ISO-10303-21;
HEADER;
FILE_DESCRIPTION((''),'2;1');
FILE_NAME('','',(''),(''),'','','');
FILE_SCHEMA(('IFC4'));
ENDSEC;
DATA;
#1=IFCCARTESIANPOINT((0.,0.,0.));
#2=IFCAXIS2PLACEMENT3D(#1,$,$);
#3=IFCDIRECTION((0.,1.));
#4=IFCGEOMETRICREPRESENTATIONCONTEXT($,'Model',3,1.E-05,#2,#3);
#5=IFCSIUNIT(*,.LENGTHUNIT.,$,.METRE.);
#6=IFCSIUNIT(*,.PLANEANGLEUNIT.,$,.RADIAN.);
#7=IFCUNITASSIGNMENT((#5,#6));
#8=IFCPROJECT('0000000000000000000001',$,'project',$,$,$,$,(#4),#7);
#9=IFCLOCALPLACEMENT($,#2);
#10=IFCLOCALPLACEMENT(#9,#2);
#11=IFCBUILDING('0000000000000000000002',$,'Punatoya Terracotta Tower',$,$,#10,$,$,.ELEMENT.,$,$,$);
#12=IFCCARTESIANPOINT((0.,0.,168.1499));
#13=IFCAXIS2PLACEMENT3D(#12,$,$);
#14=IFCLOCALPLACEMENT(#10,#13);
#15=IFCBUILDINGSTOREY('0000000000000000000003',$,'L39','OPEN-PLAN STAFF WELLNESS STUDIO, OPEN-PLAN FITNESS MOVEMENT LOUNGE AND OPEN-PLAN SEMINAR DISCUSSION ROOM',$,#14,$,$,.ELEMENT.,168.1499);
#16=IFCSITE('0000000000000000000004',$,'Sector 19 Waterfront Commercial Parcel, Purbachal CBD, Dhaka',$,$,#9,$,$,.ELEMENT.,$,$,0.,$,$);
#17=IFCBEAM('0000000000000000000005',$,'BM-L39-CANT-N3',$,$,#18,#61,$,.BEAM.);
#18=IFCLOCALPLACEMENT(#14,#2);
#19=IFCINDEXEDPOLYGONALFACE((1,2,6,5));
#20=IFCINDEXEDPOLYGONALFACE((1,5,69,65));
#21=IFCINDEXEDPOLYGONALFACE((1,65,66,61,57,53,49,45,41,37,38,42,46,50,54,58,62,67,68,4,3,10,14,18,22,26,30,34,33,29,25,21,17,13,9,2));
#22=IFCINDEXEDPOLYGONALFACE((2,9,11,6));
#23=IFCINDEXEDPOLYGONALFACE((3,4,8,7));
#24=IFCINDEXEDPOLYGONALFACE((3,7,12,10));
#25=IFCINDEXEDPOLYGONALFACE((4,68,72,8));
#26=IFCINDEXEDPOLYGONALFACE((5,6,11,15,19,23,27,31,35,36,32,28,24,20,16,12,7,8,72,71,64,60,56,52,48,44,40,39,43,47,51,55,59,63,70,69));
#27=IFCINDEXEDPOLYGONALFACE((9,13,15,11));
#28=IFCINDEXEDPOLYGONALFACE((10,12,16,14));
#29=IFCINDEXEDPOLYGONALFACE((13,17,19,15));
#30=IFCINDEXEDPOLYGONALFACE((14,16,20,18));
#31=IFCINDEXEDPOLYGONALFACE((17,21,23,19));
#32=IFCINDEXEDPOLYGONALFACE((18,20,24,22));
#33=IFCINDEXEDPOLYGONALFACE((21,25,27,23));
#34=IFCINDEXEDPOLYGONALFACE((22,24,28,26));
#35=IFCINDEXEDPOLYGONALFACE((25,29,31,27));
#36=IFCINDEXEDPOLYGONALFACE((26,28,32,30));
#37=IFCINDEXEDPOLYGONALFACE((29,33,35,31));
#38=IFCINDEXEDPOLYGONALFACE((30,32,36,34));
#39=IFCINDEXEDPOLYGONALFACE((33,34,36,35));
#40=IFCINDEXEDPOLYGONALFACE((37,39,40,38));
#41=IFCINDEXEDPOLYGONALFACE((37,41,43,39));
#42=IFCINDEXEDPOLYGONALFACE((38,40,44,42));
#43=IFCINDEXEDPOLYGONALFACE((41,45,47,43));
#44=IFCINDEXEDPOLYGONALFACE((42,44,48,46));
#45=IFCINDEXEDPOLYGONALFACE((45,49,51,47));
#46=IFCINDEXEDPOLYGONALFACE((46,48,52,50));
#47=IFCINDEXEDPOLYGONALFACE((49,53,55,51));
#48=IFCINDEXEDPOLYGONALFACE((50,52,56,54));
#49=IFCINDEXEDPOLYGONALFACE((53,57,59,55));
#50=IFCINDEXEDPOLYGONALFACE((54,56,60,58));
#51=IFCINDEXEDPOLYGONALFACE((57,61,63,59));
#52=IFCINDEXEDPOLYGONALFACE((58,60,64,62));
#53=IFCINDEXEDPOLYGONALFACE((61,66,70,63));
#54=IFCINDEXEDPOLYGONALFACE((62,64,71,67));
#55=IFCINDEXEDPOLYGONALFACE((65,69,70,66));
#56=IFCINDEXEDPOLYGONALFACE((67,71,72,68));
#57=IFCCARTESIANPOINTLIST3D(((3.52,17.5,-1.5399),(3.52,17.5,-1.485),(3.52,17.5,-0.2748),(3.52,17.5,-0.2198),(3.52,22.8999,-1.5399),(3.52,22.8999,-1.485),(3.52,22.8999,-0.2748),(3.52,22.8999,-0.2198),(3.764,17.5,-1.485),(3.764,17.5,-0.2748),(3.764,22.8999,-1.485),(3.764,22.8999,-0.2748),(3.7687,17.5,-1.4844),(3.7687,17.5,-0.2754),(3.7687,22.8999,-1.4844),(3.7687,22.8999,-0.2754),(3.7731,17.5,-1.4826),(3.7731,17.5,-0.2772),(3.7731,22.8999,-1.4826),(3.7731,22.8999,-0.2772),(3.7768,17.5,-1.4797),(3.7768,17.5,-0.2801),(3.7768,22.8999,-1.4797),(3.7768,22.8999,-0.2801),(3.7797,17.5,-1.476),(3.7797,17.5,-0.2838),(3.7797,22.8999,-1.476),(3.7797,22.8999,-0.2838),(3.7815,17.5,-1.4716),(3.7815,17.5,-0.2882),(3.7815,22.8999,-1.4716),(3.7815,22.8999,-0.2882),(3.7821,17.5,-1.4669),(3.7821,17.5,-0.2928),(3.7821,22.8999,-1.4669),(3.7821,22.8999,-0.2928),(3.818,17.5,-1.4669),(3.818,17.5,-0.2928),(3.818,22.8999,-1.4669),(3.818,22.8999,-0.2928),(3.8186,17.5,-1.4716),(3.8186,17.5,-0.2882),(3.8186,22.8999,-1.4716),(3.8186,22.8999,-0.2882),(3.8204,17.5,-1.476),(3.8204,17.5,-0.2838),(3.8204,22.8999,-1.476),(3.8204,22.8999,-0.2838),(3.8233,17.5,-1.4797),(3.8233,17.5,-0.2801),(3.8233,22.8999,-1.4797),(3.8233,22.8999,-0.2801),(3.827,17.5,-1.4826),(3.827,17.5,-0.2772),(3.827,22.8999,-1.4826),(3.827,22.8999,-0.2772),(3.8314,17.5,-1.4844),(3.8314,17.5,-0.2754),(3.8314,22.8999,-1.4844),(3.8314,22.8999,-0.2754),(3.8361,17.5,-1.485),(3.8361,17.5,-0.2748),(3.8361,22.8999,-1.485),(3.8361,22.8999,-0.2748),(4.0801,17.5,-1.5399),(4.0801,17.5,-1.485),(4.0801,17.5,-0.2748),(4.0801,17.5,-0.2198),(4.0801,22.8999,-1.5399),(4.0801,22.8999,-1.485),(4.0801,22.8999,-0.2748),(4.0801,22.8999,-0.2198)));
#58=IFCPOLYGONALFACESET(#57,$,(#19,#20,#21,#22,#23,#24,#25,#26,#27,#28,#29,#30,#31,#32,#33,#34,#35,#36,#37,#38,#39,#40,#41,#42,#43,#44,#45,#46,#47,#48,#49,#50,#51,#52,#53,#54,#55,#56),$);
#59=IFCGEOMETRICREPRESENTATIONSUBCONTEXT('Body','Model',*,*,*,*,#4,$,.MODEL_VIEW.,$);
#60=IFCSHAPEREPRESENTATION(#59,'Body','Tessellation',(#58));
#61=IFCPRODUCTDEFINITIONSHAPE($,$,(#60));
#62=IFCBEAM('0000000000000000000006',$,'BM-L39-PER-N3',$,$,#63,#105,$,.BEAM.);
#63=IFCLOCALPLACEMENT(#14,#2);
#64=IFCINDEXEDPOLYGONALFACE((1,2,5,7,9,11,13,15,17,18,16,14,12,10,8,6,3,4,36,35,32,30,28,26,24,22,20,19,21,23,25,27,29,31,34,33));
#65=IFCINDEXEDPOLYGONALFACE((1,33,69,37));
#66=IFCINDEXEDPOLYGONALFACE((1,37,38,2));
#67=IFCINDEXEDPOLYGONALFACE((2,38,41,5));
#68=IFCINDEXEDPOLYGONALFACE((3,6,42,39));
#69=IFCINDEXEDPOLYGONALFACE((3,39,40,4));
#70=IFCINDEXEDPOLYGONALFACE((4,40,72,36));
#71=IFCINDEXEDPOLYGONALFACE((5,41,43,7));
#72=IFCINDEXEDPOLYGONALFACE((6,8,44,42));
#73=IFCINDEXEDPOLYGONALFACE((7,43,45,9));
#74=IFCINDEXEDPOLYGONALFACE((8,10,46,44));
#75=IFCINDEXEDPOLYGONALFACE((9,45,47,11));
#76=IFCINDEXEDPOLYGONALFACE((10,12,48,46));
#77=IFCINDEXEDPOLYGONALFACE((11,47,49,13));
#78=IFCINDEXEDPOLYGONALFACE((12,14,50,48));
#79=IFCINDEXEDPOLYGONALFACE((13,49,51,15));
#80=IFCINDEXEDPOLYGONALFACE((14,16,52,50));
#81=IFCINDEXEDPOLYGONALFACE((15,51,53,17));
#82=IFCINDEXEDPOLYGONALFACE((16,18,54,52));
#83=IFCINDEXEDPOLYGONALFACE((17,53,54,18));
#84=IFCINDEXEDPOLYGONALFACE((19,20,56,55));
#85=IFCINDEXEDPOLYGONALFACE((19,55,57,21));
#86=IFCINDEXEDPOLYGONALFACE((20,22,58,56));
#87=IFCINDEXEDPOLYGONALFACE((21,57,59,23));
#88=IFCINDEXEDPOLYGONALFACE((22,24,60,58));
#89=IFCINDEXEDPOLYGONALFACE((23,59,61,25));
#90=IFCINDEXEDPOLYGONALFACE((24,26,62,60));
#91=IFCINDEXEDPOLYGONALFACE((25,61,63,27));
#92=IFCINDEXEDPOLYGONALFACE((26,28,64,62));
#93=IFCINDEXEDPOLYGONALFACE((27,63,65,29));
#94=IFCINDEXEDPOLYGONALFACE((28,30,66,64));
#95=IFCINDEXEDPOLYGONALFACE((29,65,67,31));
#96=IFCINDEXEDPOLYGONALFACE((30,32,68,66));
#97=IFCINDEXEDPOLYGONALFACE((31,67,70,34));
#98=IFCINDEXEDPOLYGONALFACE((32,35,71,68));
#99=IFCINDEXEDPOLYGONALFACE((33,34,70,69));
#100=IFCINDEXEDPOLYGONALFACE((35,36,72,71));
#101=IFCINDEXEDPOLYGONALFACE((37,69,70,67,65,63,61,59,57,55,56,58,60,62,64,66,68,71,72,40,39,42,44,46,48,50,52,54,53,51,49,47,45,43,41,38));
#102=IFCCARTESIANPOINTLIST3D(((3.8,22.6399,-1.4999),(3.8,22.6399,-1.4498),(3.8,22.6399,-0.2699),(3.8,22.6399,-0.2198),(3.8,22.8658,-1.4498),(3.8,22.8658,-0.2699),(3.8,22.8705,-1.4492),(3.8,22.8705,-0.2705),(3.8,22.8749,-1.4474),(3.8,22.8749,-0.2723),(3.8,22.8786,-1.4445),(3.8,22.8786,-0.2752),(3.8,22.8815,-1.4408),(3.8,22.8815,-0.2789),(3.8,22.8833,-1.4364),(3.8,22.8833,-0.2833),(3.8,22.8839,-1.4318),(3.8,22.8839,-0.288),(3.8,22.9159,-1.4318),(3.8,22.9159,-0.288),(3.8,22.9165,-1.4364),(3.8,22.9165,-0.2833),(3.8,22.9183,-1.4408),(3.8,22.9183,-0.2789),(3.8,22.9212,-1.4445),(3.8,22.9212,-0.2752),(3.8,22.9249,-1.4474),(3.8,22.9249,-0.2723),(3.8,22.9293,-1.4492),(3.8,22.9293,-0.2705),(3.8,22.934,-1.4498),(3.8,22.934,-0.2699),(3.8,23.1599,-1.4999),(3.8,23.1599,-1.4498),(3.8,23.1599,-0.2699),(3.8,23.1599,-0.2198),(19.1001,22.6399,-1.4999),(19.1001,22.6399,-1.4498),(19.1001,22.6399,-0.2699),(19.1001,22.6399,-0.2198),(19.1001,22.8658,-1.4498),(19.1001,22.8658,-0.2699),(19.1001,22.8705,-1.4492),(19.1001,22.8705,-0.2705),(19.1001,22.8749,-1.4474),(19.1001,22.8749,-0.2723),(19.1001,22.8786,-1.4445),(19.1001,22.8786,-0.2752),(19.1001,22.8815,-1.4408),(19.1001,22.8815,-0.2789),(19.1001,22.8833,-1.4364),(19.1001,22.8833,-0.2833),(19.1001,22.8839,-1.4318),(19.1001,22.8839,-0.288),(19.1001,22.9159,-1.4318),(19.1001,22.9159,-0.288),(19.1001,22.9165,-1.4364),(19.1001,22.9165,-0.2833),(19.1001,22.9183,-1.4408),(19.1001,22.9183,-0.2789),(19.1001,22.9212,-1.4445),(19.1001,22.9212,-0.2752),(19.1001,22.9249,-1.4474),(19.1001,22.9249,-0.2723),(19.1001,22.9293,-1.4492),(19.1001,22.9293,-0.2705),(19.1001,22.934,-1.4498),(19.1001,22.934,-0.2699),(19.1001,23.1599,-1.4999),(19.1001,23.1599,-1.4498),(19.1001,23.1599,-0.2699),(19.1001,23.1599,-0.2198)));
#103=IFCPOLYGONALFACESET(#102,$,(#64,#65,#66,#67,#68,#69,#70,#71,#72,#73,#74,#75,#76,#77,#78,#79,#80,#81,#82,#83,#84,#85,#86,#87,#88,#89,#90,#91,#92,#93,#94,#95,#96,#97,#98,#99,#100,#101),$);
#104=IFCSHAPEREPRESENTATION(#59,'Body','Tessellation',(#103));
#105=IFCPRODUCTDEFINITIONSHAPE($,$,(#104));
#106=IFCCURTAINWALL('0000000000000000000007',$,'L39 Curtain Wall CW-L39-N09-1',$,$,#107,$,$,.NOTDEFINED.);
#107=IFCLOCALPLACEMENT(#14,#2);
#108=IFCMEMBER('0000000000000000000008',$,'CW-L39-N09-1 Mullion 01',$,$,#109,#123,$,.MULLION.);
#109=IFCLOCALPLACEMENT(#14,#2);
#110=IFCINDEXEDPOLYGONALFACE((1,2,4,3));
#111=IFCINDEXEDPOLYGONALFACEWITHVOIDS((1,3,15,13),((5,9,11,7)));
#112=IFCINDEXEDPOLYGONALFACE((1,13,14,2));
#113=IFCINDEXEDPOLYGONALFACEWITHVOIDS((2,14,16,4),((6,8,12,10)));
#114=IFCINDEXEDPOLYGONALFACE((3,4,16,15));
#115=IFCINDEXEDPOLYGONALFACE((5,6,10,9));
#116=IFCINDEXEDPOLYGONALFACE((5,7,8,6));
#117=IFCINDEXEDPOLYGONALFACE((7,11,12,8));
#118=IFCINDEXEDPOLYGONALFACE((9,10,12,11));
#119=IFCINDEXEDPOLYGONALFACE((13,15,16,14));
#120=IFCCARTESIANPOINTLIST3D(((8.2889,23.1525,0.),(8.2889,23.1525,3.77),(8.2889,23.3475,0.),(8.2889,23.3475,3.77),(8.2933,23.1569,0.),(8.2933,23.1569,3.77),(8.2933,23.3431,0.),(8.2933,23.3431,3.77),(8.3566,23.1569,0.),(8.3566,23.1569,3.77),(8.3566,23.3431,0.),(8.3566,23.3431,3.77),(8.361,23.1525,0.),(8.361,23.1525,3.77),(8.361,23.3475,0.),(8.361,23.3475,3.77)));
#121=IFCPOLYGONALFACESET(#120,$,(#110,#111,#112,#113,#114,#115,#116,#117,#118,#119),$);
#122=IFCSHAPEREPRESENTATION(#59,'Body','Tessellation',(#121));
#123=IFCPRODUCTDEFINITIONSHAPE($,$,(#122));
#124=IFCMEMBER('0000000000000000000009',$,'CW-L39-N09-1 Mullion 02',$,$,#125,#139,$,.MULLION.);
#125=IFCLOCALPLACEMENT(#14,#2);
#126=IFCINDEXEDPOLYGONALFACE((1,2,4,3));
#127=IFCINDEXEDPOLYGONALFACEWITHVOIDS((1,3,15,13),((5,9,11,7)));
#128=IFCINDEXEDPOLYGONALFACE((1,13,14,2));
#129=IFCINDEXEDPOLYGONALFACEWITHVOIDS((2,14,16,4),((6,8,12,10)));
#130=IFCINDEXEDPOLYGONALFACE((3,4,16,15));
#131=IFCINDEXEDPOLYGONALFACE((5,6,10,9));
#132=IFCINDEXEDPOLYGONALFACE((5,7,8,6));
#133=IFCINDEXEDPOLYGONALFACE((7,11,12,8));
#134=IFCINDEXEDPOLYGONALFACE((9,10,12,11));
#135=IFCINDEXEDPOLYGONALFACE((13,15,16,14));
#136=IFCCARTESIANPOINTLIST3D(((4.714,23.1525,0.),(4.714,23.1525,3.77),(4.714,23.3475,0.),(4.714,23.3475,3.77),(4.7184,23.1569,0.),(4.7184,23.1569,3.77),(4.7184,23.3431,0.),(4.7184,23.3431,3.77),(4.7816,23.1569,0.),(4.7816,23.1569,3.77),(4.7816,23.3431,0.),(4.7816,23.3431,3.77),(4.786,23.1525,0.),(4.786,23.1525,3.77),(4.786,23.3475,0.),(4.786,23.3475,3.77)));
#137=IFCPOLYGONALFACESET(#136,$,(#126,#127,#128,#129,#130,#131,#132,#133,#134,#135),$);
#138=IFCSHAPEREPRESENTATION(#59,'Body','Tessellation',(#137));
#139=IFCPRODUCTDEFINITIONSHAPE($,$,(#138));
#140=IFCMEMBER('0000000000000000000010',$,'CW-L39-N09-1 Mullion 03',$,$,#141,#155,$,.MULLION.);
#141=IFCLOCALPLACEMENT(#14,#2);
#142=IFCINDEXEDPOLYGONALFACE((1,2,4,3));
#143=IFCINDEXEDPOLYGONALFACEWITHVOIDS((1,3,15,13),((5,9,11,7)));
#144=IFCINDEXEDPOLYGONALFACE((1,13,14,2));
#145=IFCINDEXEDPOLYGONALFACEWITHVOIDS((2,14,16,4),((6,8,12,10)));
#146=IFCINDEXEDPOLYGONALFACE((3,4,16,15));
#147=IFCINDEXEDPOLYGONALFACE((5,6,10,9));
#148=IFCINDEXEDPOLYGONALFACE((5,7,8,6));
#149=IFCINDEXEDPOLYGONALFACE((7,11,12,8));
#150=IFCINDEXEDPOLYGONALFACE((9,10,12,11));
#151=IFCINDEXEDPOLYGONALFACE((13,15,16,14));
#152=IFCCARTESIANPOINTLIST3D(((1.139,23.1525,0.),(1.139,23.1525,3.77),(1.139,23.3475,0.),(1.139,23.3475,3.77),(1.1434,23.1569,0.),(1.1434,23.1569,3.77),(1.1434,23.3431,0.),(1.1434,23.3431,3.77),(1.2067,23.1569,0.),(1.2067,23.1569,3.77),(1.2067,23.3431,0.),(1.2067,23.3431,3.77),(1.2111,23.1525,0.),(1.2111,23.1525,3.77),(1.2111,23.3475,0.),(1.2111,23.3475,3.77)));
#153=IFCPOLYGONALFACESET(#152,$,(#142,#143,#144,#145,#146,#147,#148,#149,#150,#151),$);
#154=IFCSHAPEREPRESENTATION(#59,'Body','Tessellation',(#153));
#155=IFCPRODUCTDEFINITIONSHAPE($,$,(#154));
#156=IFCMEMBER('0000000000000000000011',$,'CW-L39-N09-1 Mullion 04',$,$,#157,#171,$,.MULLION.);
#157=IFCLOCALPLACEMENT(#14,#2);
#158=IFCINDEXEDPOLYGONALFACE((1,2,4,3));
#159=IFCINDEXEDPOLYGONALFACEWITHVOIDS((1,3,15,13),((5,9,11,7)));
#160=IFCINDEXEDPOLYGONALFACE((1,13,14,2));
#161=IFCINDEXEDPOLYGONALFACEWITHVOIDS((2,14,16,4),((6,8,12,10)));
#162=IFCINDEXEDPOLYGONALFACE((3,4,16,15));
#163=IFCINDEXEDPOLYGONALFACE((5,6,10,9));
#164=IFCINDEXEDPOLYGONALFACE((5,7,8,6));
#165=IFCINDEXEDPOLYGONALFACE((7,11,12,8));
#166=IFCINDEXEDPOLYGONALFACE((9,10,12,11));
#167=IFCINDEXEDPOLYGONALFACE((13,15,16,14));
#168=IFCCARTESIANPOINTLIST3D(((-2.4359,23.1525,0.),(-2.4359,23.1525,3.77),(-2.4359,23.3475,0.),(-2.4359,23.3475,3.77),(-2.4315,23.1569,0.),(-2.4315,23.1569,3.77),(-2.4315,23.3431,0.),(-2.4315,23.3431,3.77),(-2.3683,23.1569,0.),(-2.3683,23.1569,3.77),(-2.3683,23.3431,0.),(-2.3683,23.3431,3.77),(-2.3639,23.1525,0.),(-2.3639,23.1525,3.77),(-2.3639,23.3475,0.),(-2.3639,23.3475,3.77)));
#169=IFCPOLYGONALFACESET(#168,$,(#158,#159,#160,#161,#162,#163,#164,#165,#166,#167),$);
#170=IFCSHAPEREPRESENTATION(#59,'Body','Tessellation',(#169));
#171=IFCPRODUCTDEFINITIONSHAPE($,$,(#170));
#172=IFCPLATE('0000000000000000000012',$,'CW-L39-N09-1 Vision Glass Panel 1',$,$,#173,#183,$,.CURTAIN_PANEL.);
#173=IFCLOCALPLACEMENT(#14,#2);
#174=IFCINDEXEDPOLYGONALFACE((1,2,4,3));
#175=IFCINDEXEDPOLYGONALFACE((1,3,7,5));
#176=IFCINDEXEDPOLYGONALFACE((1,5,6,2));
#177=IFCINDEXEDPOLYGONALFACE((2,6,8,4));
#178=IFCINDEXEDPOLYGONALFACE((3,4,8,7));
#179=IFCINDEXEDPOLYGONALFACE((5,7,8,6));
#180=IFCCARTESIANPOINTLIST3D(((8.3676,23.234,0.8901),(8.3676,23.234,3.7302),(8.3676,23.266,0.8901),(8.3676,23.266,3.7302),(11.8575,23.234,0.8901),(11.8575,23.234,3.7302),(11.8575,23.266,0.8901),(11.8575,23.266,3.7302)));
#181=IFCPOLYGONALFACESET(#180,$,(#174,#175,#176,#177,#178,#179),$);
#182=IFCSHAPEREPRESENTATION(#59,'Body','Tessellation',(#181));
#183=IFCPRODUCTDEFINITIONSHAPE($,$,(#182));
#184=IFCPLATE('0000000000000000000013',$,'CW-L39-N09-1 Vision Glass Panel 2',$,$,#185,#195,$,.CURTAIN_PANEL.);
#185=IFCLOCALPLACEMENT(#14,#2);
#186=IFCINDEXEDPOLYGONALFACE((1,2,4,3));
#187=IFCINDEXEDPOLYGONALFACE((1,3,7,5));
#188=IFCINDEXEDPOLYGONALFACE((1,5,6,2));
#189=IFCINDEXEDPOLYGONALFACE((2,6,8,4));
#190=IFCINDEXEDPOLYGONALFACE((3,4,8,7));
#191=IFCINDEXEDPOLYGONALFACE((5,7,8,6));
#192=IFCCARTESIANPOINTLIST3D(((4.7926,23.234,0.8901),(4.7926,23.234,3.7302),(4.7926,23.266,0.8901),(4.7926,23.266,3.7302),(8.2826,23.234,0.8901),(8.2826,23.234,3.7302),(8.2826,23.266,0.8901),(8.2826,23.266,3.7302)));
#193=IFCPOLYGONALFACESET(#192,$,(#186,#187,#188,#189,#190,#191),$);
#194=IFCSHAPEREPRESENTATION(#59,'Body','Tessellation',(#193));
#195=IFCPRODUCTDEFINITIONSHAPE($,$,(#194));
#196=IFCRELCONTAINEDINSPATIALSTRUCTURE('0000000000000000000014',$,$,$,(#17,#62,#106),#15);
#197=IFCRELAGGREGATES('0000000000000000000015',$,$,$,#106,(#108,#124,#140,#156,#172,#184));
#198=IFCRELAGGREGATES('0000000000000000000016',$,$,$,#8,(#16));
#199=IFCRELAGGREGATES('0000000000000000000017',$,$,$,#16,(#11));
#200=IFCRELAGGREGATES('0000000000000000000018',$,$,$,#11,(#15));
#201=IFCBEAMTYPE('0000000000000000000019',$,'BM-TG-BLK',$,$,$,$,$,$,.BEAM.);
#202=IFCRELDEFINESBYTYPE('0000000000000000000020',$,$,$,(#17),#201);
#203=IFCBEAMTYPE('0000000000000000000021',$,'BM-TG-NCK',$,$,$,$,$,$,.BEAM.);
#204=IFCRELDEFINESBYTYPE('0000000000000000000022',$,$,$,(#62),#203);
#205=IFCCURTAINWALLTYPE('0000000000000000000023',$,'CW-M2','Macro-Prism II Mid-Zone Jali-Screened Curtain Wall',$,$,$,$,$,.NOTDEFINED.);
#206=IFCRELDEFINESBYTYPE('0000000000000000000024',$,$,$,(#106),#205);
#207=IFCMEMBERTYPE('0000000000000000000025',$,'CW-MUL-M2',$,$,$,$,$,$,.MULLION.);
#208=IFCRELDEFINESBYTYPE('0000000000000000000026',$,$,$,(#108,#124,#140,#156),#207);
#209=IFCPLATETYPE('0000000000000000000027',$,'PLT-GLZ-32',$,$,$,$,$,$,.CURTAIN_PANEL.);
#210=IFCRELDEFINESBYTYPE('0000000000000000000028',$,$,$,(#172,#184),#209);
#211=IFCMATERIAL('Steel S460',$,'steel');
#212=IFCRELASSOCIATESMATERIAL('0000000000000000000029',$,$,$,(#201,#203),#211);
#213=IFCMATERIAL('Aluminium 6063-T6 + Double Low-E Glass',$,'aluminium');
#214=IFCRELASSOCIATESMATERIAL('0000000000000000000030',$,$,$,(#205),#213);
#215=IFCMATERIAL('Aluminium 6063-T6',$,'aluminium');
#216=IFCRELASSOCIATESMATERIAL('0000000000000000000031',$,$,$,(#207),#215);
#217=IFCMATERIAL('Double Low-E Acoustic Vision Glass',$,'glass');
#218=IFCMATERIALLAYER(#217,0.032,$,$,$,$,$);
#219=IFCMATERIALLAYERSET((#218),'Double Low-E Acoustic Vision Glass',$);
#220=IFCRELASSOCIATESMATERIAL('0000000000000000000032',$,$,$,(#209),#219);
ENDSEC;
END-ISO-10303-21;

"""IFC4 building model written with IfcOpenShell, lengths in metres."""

from ifc_helpers import new_model, si_unit, direction, frame, origin, origin_2d, place, context, subcontext, project, spatial, rectangle, hollow_rectangle, i_section, extrude, material, layer, layer_set, material_profile, profile_set, type_object, element, aggregate, save


model = new_model("IFC4")

# Units and contexts
model_context = context("Model", 3, precision=1e-05, world=origin(), true_north=direction((0.0, 1.0)))
body_context = subcontext(model_context, "Body", "Model", "MODEL_VIEW")
ifc_project = project(units=[si_unit("LENGTHUNIT", "METRE"), si_unit("PLANEANGLEUNIT", "RADIAN")], contexts=[model_context])

# Site, building, storey
site_placement = place(None, origin())
site = spatial("IfcSite", under=ifc_project, at=site_placement, Name="Sector 19 Waterfront Commercial Parcel, Purbachal CBD, Dhaka", CompositionType="ELEMENT", RefElevation=0.0)
building_placement = place(site_placement, origin())
building = spatial("IfcBuilding", under=site, at=building_placement, Name="Punatoya Terracotta Tower", CompositionType="ELEMENT")
storey_placement = place(building_placement, frame((0.0, 0.0, 168.1499)))
storey = spatial("IfcBuildingStorey", under=building, at=storey_placement, Name="L39", Description="OPEN-PLAN STAFF WELLNESS STUDIO, OPEN-PLAN FITNESS MOVEMENT LOUNGE AND OPEN-PLAN SEMINAR DISCUSSION ROOM", CompositionType="ELEMENT", Elevation=168.1499)

# Shared definitions
ifc_material_1 = material(Name="Steel S460", Category="steel")

# Beams
ifc_material_profile_1 = material_profile(ifc_material_1, i_section(OverallWidth=0.5601, OverallDepth=1.3201, WebThickness=0.0359, FlangeThickness=0.0549, FilletRadius=0.0181, at=origin_2d()))
ifc_profile_set_1 = profile_set([ifc_material_profile_1], Name="Steel S460")
beam_type_1 = type_object("IfcBeamType", Name="BM-TG-BLK", PredefinedType="BEAM", material=ifc_profile_set_1)
beam_1_placement = place(storey_placement, frame((3.8, 17.5, -0.8799), z_axis=(0.0, 1.0, 0.0), x_axis=(-1.0, 0.0, 0.0)))
element("IfcBeam", 1, at=beam_1_placement, inside=storey, type_object=beam_type_1, Name="BM-L39-CANT-N3", PredefinedType="BEAM", context=body_context, shape_type="SweptSolid", body=[
    extrude(i_section(OverallWidth=0.5601, OverallDepth=1.3201, WebThickness=0.0359, FlangeThickness=0.0549, FilletRadius=0.0181, at=origin_2d()), origin(), (0.0, 0.0, 1.0), 5.3999),
])
ifc_material_profile_2 = material_profile(ifc_material_1, i_section(OverallWidth=0.52, OverallDepth=1.28, WebThickness=0.032, FlangeThickness=0.05, FilletRadius=0.0181, at=origin_2d()))
ifc_profile_set_2 = profile_set([ifc_material_profile_2], Name="Steel S460")
beam_type_2 = type_object("IfcBeamType", Name="BM-TG-NCK", PredefinedType="BEAM", material=ifc_profile_set_2)
beam_2_placement = place(storey_placement, frame((3.8, 22.8999, -0.8599), z_axis=(1.0, 0.0, 0.0), x_axis=(0.0, 1.0, 0.0)))
element("IfcBeam", 2, at=beam_2_placement, inside=storey, type_object=beam_type_2, Name="BM-L39-PER-N3", PredefinedType="BEAM", context=body_context, shape_type="SweptSolid", body=[
    extrude(i_section(OverallWidth=0.52, OverallDepth=1.28, WebThickness=0.032, FlangeThickness=0.05, FilletRadius=0.0181, at=origin_2d()), origin(), (0.0, 0.0, 1.0), 15.3),
])

# Curtain wall, members, plates
ifc_material_2 = material(Name="Aluminium 6063-T6 + Double Low-E Glass", Category="aluminium")
curtain_wall_type = type_object("IfcCurtainWallType", Name="CW-M2", Description="Macro-Prism II Mid-Zone Jali-Screened Curtain Wall", PredefinedType="NOTDEFINED", material=ifc_material_2)
curtain_wall_placement = place(storey_placement, origin())
curtain_wall = element("IfcCurtainWall", 3, at=curtain_wall_placement, inside=storey, type_object=curtain_wall_type, Name="L39 Curtain Wall CW-L39-N09-1", PredefinedType="NOTDEFINED")
ifc_material_3 = material(Name="Aluminium 6063-T6", Category="aluminium")
ifc_material_profile_3 = material_profile(ifc_material_3, hollow_rectangle(XDim=0.072, YDim=0.1951, WallThickness=0.0044, at=origin_2d()))
ifc_profile_set_3 = profile_set([ifc_material_profile_3], Name="Aluminium 6063-T6")
member_type = type_object("IfcMemberType", Name="CW-MUL-M2", PredefinedType="MULLION", material=ifc_profile_set_3)
member_1_placement = place(storey_placement, frame((8.325, 23.25, 0.0), z_axis=(0.0, 0.0, 1.0), x_axis=(1.0, 0.0, 0.0)))
member_1 = element("IfcMember", 4, at=member_1_placement, type_object=member_type, Name="CW-L39-N09-1 Mullion 01", PredefinedType="MULLION", context=body_context, shape_type="SweptSolid", body=[
    extrude(hollow_rectangle(XDim=0.072, YDim=0.1951, WallThickness=0.0044, at=origin_2d()), origin(), (0.0, 0.0, 1.0), 3.77),
])
member_2_placement = place(storey_placement, frame((4.75, 23.25, 0.0), z_axis=(0.0, 0.0, 1.0), x_axis=(1.0, 0.0, 0.0)))
member_2 = element("IfcMember", 5, at=member_2_placement, type_object=member_type, Name="CW-L39-N09-1 Mullion 02", PredefinedType="MULLION", context=body_context, shape_type="SweptSolid", body=[
    extrude(hollow_rectangle(XDim=0.072, YDim=0.1951, WallThickness=0.0044, at=origin_2d()), origin(), (0.0, 0.0, 1.0), 3.77),
])
member_3_placement = place(storey_placement, frame((1.175, 23.25, 0.0), z_axis=(0.0, 0.0, 1.0), x_axis=(1.0, 0.0, 0.0)))
member_3 = element("IfcMember", 6, at=member_3_placement, type_object=member_type, Name="CW-L39-N09-1 Mullion 03", PredefinedType="MULLION", context=body_context, shape_type="SweptSolid", body=[
    extrude(hollow_rectangle(XDim=0.072, YDim=0.1951, WallThickness=0.0044, at=origin_2d()), origin(), (0.0, 0.0, 1.0), 3.77),
])
member_4_placement = place(storey_placement, frame((-2.3999, 23.25, 0.0), z_axis=(0.0, 0.0, 1.0), x_axis=(1.0, 0.0, 0.0)))
member_4 = element("IfcMember", 7, at=member_4_placement, type_object=member_type, Name="CW-L39-N09-1 Mullion 04", PredefinedType="MULLION", context=body_context, shape_type="SweptSolid", body=[
    extrude(hollow_rectangle(XDim=0.072, YDim=0.1951, WallThickness=0.0044, at=origin_2d()), origin(), (0.0, 0.0, 1.0), 3.77),
])
ifc_material_4 = material(Name="Double Low-E Acoustic Vision Glass", Category="glass")
ifc_layer_1 = layer(ifc_material_4, 0.032)
ifc_layer_set_1 = layer_set([ifc_layer_1], Name="Double Low-E Acoustic Vision Glass")
plate_type_1 = type_object("IfcPlateType", Name="PLT-GLZ-32", PredefinedType="CURTAIN_PANEL", material=ifc_layer_set_1)
plate_1_placement = place(storey_placement, frame((10.1125, 23.25, 0.8901), z_axis=(0.0, 0.0, 1.0), x_axis=(-1.0, 0.0, 0.0)))
plate_1 = element("IfcPlate", 8, at=plate_1_placement, type_object=plate_type_1, Name="CW-L39-N09-1 Vision Glass Panel 1", PredefinedType="CURTAIN_PANEL", context=body_context, shape_type="SweptSolid", body=[
    extrude(rectangle(XDim=3.49, YDim=0.032, at=origin_2d()), origin(), (0.0, 0.0, 1.0), 2.8401),
])
plate_2_placement = place(storey_placement, frame((6.5376, 23.25, 0.8901), z_axis=(0.0, 0.0, 1.0), x_axis=(-1.0, 0.0, 0.0)))
plate_2 = element("IfcPlate", 9, at=plate_2_placement, type_object=plate_type_1, Name="CW-L39-N09-1 Vision Glass Panel 2", PredefinedType="CURTAIN_PANEL", context=body_context, shape_type="SweptSolid", body=[
    extrude(rectangle(XDim=3.49, YDim=0.032, at=origin_2d()), origin(), (0.0, 0.0, 1.0), 2.8401),
])
aggregate(curtain_wall, [member_1, member_2, member_3, member_4, plate_1, plate_2])

save(model, "model.ifc")
